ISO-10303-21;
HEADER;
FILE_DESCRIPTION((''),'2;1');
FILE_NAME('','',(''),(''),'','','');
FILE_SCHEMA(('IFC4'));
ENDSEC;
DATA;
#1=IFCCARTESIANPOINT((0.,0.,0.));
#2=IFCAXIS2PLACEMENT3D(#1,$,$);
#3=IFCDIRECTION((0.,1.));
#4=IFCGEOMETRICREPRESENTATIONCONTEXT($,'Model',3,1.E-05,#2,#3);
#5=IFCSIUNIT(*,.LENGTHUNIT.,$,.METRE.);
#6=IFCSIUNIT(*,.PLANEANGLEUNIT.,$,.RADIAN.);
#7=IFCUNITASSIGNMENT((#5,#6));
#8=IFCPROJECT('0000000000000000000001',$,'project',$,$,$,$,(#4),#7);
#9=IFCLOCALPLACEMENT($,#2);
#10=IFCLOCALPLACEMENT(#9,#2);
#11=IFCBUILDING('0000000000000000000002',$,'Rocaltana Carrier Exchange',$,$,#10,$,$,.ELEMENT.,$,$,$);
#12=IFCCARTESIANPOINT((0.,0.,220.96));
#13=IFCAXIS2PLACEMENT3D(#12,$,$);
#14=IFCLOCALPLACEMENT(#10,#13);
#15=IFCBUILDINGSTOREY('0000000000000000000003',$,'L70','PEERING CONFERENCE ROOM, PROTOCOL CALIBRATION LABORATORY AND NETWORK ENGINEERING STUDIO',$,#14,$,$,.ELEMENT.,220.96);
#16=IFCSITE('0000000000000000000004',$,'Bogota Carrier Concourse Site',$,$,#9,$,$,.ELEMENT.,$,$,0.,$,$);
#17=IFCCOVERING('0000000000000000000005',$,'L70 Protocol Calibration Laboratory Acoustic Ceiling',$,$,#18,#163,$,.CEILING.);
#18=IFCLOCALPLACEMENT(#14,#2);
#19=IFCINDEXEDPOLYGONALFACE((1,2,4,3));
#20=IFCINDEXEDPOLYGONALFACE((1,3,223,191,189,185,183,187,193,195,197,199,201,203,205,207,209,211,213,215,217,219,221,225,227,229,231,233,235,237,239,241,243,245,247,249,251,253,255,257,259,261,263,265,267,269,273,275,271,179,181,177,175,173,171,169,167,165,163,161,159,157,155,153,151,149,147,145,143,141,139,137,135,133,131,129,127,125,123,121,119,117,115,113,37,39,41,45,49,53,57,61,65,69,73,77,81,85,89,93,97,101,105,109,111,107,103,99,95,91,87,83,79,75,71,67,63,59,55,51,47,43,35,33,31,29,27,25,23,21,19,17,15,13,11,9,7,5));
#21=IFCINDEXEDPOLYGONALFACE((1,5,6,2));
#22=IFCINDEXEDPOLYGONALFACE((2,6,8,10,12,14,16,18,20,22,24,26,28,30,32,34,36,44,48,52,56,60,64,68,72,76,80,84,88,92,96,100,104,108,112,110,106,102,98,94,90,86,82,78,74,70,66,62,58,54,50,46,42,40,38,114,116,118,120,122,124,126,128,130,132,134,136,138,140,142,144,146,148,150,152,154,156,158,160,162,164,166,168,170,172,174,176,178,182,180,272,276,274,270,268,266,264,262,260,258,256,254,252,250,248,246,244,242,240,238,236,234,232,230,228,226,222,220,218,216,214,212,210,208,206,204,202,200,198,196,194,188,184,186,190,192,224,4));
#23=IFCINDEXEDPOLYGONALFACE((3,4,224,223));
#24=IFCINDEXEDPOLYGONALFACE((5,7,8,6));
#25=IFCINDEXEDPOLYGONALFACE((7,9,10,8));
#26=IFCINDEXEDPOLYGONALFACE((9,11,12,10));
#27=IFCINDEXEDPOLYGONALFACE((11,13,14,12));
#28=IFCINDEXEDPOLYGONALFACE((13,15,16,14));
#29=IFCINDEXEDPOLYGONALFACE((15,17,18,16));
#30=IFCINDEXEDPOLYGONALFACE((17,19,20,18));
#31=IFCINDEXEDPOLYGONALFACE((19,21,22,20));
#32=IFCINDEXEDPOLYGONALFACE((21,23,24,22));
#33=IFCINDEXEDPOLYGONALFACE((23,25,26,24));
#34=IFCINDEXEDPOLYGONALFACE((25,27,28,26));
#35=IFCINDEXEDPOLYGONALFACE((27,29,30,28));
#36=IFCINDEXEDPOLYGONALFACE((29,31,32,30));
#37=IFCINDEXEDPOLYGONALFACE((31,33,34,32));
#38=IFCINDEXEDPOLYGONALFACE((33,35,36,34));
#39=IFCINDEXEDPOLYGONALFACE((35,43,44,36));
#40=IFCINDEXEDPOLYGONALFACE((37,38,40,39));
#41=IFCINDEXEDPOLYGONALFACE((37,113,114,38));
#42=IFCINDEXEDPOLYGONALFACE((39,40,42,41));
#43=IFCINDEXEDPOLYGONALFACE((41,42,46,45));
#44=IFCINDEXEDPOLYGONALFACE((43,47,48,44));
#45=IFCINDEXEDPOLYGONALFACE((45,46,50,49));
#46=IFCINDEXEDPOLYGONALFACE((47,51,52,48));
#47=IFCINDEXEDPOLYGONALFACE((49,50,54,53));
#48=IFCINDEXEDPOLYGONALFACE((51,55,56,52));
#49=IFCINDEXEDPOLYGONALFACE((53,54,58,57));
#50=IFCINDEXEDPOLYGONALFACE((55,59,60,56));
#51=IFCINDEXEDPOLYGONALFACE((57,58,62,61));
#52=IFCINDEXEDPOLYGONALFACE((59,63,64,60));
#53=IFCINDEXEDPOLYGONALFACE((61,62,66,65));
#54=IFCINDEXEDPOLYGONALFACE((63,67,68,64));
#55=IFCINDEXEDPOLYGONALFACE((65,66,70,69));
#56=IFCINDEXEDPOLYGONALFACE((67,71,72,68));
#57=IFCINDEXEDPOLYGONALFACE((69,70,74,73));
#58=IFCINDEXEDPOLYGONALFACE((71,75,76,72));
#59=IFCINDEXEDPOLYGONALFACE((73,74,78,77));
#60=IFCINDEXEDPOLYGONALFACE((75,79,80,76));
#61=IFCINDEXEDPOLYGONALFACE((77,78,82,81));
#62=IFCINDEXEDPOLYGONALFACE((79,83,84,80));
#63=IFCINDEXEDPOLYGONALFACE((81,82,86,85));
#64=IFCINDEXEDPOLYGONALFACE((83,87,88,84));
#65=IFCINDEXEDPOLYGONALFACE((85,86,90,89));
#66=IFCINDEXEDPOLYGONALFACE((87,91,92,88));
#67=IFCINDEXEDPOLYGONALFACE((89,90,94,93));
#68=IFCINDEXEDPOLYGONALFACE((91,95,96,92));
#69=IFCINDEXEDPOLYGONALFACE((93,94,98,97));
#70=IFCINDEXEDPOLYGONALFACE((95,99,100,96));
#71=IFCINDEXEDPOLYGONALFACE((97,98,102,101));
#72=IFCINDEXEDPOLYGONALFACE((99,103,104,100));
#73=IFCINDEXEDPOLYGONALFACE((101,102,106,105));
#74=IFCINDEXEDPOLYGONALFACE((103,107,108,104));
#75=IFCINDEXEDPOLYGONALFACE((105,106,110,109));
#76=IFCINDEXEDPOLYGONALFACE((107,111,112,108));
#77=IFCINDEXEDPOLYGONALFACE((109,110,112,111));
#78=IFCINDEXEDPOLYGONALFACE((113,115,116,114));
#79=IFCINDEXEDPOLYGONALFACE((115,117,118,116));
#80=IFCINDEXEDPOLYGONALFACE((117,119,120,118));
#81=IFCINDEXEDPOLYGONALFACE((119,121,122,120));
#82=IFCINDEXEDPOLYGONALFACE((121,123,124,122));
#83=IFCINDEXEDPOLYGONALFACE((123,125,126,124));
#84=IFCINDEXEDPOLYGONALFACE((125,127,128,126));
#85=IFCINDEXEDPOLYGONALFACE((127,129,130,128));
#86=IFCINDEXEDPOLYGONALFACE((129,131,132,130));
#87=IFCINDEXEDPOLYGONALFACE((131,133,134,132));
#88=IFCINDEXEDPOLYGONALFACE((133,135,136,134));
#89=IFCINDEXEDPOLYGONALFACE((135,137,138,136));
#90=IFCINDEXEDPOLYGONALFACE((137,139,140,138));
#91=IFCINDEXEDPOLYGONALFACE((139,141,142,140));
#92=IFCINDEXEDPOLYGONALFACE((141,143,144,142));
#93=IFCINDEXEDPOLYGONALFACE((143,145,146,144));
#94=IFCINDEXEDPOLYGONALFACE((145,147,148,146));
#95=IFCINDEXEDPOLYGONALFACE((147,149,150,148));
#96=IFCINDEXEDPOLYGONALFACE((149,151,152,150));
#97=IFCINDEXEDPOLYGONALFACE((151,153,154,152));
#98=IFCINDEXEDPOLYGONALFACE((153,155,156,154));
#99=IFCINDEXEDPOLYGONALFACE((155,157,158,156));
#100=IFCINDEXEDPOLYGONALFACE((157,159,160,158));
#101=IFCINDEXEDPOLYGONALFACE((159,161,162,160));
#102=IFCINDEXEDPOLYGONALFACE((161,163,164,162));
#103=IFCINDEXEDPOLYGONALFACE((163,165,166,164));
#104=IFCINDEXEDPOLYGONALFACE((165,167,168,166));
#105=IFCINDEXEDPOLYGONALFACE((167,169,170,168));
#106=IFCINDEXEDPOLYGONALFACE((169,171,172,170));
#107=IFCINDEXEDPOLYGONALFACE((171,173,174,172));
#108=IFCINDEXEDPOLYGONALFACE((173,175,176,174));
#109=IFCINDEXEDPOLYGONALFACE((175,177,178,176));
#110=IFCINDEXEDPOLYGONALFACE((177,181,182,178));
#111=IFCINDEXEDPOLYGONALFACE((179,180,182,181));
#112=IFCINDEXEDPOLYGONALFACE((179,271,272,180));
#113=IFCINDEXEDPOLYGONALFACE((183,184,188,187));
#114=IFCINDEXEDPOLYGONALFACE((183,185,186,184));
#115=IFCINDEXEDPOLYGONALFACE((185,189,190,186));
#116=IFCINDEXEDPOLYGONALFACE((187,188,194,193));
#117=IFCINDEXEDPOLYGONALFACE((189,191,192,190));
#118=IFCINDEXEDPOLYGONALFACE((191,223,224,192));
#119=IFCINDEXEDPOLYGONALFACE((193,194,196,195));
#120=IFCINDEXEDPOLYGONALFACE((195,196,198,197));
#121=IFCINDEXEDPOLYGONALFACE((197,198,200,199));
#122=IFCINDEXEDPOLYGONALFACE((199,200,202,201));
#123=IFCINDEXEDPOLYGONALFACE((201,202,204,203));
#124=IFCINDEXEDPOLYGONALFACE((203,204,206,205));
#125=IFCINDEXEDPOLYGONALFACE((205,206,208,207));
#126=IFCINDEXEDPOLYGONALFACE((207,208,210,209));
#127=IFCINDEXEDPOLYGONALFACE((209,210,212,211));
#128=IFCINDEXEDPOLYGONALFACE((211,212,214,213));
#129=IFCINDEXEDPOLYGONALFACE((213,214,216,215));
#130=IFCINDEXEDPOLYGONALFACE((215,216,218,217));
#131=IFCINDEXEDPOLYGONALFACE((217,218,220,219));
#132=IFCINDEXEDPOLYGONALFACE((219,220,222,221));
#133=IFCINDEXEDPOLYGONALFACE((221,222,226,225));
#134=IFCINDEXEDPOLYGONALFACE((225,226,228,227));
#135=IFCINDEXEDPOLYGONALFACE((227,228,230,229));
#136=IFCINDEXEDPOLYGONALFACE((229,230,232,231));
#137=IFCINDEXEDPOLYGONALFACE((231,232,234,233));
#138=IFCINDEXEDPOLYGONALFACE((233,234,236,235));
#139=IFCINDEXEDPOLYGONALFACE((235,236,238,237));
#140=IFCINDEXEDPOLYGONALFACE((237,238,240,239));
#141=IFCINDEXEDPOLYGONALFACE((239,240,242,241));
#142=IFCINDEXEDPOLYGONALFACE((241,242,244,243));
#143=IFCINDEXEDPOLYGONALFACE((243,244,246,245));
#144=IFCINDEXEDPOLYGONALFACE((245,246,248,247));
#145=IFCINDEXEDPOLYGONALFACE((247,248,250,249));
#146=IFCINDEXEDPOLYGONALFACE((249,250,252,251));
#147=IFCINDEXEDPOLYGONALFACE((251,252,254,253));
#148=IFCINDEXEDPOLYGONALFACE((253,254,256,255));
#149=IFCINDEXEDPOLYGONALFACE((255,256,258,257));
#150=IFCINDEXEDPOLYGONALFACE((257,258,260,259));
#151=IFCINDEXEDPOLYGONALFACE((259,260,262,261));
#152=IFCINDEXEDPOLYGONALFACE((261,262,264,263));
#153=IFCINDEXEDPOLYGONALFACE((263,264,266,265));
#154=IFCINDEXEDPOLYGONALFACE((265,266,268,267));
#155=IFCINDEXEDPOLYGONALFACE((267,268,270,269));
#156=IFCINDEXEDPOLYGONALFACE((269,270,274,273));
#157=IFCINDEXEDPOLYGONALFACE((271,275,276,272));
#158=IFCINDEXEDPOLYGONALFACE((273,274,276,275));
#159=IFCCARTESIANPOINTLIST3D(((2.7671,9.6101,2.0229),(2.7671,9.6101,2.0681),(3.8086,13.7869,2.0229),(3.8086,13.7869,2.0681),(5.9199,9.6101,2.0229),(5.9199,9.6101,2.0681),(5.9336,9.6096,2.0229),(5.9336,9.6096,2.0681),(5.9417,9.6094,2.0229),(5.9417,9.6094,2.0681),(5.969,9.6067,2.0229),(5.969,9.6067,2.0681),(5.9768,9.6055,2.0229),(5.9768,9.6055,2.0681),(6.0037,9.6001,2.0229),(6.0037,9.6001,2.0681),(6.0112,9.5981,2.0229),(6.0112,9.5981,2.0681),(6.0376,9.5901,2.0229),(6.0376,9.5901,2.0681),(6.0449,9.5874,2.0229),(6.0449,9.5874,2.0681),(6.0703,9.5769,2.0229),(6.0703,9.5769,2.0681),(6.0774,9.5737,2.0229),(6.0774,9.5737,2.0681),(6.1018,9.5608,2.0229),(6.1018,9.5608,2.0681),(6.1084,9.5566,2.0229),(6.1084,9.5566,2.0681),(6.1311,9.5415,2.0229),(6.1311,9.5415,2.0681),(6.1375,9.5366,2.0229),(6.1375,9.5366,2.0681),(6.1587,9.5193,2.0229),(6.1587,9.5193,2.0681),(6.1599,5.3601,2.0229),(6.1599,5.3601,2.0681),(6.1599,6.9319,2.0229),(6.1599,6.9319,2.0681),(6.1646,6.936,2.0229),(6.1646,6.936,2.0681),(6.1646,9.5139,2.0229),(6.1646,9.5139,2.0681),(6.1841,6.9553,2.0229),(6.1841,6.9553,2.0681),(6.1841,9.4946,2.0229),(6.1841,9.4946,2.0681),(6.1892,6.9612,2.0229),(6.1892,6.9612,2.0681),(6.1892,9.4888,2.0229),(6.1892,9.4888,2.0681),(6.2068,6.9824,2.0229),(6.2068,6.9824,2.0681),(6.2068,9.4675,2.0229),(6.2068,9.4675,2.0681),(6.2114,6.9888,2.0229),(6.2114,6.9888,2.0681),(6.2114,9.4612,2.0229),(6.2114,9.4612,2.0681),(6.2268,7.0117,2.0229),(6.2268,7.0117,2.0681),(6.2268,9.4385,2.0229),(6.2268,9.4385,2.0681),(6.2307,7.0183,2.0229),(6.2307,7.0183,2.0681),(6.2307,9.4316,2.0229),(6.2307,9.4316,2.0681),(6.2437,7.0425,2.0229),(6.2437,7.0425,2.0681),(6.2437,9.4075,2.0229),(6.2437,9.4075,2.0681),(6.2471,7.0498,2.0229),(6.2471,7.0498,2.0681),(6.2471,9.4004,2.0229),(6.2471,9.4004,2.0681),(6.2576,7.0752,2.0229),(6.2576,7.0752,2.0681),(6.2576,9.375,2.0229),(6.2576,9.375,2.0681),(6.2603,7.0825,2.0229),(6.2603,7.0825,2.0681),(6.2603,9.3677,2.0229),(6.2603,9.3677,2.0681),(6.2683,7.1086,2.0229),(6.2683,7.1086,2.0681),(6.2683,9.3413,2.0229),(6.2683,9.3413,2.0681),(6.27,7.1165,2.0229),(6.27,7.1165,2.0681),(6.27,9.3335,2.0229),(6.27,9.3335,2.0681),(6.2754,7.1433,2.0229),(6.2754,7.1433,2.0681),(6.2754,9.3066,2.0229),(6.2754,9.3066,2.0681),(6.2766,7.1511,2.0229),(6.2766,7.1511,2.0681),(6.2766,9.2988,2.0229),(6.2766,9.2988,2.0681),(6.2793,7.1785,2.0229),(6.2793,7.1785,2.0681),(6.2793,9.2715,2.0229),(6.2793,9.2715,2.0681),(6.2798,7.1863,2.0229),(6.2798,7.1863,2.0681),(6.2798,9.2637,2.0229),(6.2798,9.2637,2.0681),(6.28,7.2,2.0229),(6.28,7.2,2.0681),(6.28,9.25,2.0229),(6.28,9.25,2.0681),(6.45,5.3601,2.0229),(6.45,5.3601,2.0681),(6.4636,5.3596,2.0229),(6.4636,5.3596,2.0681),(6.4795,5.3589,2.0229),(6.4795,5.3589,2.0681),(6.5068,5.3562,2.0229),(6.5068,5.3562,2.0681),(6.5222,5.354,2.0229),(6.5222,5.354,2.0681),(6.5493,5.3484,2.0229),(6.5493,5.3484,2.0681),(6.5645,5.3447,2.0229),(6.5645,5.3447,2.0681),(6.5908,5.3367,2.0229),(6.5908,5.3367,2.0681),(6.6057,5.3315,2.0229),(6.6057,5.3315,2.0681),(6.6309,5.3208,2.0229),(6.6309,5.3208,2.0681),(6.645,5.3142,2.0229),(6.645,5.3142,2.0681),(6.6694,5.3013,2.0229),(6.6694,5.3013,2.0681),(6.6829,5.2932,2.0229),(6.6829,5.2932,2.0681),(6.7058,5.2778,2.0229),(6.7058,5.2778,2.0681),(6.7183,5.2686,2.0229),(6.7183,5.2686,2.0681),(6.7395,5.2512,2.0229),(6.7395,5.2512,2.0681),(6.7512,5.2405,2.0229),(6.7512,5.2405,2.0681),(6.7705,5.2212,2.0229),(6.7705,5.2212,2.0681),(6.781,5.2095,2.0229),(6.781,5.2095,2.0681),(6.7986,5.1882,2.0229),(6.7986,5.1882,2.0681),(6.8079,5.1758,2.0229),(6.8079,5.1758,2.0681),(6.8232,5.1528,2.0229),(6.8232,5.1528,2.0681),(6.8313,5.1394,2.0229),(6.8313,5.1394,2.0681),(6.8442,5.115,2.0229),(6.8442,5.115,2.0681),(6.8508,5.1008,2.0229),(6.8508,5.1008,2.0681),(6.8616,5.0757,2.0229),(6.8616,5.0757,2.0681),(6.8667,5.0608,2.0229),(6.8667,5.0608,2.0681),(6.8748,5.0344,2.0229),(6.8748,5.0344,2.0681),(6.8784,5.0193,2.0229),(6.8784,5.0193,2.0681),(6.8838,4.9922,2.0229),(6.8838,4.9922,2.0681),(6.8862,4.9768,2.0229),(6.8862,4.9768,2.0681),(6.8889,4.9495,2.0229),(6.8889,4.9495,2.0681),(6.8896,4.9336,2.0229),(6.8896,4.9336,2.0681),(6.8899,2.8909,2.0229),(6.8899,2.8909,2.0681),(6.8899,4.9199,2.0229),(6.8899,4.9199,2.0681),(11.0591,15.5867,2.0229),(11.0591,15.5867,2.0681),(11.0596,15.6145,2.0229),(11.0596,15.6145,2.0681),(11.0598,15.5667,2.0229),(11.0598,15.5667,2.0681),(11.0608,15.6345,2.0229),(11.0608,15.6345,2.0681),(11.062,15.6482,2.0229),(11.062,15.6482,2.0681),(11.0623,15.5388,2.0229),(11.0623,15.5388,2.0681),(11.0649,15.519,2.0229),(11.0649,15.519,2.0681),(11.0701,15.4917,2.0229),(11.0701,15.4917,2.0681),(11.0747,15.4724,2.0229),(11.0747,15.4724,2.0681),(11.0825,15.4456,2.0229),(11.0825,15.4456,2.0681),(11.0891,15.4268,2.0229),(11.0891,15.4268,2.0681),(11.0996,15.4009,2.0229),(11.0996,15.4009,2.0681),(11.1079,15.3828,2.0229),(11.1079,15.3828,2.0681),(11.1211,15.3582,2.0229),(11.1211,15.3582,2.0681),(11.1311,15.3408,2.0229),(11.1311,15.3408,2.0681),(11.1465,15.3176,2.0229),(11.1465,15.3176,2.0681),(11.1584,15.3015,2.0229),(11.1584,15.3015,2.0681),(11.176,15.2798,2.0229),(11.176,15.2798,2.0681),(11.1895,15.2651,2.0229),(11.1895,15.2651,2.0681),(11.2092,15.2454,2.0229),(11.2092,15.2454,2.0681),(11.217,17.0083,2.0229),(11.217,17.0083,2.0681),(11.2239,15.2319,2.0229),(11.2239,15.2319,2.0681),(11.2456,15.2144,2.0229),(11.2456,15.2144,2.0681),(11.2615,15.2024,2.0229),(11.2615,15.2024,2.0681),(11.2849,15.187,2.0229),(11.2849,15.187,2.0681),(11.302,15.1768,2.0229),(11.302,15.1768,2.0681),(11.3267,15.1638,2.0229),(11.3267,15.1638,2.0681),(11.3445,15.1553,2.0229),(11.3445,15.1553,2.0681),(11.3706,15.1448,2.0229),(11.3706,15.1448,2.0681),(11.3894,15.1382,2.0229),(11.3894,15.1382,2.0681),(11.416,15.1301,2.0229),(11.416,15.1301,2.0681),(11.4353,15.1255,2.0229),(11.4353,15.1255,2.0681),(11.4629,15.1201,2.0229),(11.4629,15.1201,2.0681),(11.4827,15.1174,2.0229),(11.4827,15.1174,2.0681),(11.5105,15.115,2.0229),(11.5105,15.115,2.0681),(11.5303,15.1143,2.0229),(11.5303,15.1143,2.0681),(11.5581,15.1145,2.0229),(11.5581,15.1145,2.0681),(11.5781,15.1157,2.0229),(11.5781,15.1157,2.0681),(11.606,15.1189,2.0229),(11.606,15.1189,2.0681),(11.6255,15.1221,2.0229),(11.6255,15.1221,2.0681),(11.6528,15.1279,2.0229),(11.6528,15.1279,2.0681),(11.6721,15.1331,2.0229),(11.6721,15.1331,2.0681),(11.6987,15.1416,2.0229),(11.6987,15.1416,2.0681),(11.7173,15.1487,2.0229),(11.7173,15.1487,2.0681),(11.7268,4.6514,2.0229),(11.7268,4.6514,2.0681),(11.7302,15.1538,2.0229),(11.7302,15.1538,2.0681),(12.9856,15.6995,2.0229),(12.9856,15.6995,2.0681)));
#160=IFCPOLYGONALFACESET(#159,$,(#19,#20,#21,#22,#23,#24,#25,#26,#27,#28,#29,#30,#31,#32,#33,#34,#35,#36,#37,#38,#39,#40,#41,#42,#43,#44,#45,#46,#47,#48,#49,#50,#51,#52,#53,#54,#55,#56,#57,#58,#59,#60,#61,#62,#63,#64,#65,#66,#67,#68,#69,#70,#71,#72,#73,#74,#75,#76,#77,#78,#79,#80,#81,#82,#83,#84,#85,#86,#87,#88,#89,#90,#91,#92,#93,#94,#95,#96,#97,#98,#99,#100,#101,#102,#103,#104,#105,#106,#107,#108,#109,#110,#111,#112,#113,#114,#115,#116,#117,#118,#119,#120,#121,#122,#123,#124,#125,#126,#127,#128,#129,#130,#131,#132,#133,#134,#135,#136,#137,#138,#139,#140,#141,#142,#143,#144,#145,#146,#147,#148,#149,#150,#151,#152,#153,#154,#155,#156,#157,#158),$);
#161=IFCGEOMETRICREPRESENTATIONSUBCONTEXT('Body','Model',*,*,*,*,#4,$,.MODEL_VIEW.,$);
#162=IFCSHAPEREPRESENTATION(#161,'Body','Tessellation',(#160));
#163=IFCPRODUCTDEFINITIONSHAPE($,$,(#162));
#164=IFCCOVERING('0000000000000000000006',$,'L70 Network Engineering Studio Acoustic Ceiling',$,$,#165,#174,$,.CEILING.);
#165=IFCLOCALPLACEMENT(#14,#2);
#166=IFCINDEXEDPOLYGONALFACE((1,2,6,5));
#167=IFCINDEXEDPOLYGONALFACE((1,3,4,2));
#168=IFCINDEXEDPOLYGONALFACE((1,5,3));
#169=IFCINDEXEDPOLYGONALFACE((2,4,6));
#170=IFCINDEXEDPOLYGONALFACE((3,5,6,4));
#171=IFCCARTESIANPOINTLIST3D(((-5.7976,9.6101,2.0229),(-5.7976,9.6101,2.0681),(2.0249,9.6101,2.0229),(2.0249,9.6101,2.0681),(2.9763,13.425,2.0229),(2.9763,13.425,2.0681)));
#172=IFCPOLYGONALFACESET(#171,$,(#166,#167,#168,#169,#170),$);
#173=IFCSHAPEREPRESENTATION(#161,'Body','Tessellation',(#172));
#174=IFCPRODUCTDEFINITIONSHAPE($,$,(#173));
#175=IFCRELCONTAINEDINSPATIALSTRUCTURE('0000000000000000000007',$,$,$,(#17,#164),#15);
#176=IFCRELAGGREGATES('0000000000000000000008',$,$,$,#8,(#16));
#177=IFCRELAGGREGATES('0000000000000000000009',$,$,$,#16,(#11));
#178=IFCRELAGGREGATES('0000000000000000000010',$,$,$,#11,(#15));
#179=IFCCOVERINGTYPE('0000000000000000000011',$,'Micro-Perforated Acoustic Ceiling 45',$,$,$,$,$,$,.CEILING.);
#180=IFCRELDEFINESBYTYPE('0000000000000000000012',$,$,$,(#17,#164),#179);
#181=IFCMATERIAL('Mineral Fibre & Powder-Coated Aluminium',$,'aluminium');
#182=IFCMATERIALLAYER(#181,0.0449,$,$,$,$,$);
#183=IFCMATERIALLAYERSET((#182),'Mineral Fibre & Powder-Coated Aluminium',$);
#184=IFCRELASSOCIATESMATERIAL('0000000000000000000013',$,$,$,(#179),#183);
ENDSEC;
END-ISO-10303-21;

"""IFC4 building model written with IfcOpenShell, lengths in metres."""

from ifc_helpers import new_model, si_unit, direction, frame, origin, place, context, subcontext, project, spatial, polyline, outline, extrude, material, layer, layer_set, type_object, element, save


model = new_model("IFC4")

# Units and contexts
model_context = context("Model", 3, precision=1e-05, world=origin(), true_north=direction((0.0, 1.0)))
body_context = subcontext(model_context, "Body", "Model", "MODEL_VIEW")
ifc_project = project(units=[si_unit("LENGTHUNIT", "METRE"), si_unit("PLANEANGLEUNIT", "RADIAN")], contexts=[model_context])

# Site, building, storey
site_placement = place(None, origin())
site = spatial("IfcSite", under=ifc_project, at=site_placement, Name="Bogota Carrier Concourse Site", CompositionType="ELEMENT", RefElevation=0.0)
building_placement = place(site_placement, origin())
building = spatial("IfcBuilding", under=site, at=building_placement, Name="Rocaltana Carrier Exchange", CompositionType="ELEMENT")
storey_placement = place(building_placement, frame((0.0, 0.0, 220.96)))
storey = spatial("IfcBuildingStorey", under=building, at=storey_placement, Name="L70", Description="PEERING CONFERENCE ROOM, PROTOCOL CALIBRATION LABORATORY AND NETWORK ENGINEERING STUDIO", CompositionType="ELEMENT", Elevation=220.96)

# Coverings
ifc_material_1 = material(Name="Mineral Fibre & Powder-Coated Aluminium", Category="aluminium")
ifc_layer_1 = layer(ifc_material_1, 0.0449)
ifc_layer_set_1 = layer_set([ifc_layer_1], Name="Mineral Fibre & Powder-Coated Aluminium")
covering_type_1 = type_object("IfcCoveringType", Name="Micro-Perforated Acoustic Ceiling 45", PredefinedType="CEILING", material=ifc_layer_set_1)
covering_1_placement = place(storey_placement, frame((0.0, 0.0, 2.0229)))
element("IfcCovering", 1, at=covering_1_placement, inside=storey, type_object=covering_type_1, Name="L70 Protocol Calibration Laboratory Acoustic Ceiling", PredefinedType="CEILING", context=body_context, shape_type="SweptSolid", body=[
    extrude(outline(polyline([(6.1599, 6.9319), (6.1646, 6.936), (6.1841, 6.9553), (6.1892, 6.9612), (6.2068, 6.9824), (6.2114, 6.9888), (6.2268, 7.0117), (6.2307, 7.0183), (6.2437, 7.0425), (6.2471, 7.0498), (6.2576, 7.0752), (6.2603, 7.0825), (6.2683, 7.1086), (6.27, 7.1165), (6.2754, 7.1433), (6.2766, 7.1511), (6.2793, 7.1785), (6.2798, 7.1863), (6.28, 7.2), (6.28, 9.25), (6.2798, 9.2637), (6.2793, 9.2715), (6.2766, 9.2988), (6.2754, 9.3066), (6.27, 9.3335), (6.2683, 9.3413), (6.2603, 9.3677), (6.2576, 9.375), (6.2471, 9.4004), (6.2437, 9.4075), (6.2307, 9.4316), (6.2268, 9.4385), (6.2114, 9.4612), (6.2068, 9.4675), (6.1892, 9.4888), (6.1841, 9.4946), (6.1646, 9.5139), (6.1587, 9.5193), (6.1375, 9.5366), (6.1311, 9.5415), (6.1084, 9.5566), (6.1018, 9.5608), (6.0774, 9.5737), (6.0703, 9.5769), (6.0449, 9.5874), (6.0376, 9.5901), (6.0112, 9.5981), (6.0037, 9.6001), (5.9768, 9.6055), (5.969, 9.6067), (5.9417, 9.6094), (5.9336, 9.6096), (5.9199, 9.6101), (2.7671, 9.6101), (3.8086, 13.7869), (11.217, 17.0083), (11.062, 15.6482), (11.0608, 15.6345), (11.0596, 15.6145), (11.0591, 15.5867), (11.0598, 15.5667), (11.0623, 15.5388), (11.0649, 15.519), (11.0701, 15.4917), (11.0747, 15.4724), (11.0825, 15.4456), (11.0891, 15.4268), (11.0996, 15.4009), (11.1079, 15.3828), (11.1211, 15.3582), (11.1311, 15.3408), (11.1465, 15.3176), (11.1584, 15.3015), (11.176, 15.2798), (11.1895, 15.2651), (11.2092, 15.2454), (11.2239, 15.2319), (11.2456, 15.2144), (11.2615, 15.2024), (11.2849, 15.187), (11.302, 15.1768), (11.3267, 15.1638), (11.3445, 15.1553), (11.3706, 15.1448), (11.3894, 15.1382), (11.416, 15.1301), (11.4353, 15.1255), (11.4629, 15.1201), (11.4827, 15.1174), (11.5105, 15.115), (11.5303, 15.1143), (11.5581, 15.1145), (11.5781, 15.1157), (11.606, 15.1189), (11.6255, 15.1221), (11.6528, 15.1279), (11.6721, 15.1331), (11.6987, 15.1416), (11.7173, 15.1487), (11.7302, 15.1538), (12.9856, 15.6995), (11.7268, 4.6514), (6.8899, 2.8909), (6.8899, 4.9199), (6.8896, 4.9336), (6.8889, 4.9495), (6.8862, 4.9768), (6.8838, 4.9922), (6.8784, 5.0193), (6.8748, 5.0344), (6.8667, 5.0608), (6.8616, 5.0757), (6.8508, 5.1008), (6.8442, 5.115), (6.8313, 5.1394), (6.8232, 5.1528), (6.8079, 5.1758), (6.7986, 5.1882), (6.781, 5.2095), (6.7705, 5.2212), (6.7512, 5.2405), (6.7395, 5.2512), (6.7183, 5.2686), (6.7058, 5.2778), (6.6829, 5.2932), (6.6694, 5.3013), (6.645, 5.3142), (6.6309, 5.3208), (6.6057, 5.3315), (6.5908, 5.3367), (6.5645, 5.3447), (6.5493, 5.3484), (6.5222, 5.354), (6.5068, 5.3562), (6.4795, 5.3589), (6.4636, 5.3596), (6.45, 5.3601), (6.1599, 5.3601), (6.1599, 6.9319)])), origin(), (0.0, 0.0, 1.0), 0.0452),
])
covering_2_placement = place(storey_placement, frame((0.0, 0.0, 2.0229)))
element("IfcCovering", 2, at=covering_2_placement, inside=storey, type_object=covering_type_1, Name="L70 Network Engineering Studio Acoustic Ceiling", PredefinedType="CEILING", context=body_context, shape_type="SweptSolid", body=[
    extrude(outline(polyline([(-5.7976, 9.6101), (2.9763, 13.425), (2.0249, 9.6101), (-5.7976, 9.6101)])), origin(), (0.0, 0.0, 1.0), 0.0452),
])

save(model, "model.ifc")
